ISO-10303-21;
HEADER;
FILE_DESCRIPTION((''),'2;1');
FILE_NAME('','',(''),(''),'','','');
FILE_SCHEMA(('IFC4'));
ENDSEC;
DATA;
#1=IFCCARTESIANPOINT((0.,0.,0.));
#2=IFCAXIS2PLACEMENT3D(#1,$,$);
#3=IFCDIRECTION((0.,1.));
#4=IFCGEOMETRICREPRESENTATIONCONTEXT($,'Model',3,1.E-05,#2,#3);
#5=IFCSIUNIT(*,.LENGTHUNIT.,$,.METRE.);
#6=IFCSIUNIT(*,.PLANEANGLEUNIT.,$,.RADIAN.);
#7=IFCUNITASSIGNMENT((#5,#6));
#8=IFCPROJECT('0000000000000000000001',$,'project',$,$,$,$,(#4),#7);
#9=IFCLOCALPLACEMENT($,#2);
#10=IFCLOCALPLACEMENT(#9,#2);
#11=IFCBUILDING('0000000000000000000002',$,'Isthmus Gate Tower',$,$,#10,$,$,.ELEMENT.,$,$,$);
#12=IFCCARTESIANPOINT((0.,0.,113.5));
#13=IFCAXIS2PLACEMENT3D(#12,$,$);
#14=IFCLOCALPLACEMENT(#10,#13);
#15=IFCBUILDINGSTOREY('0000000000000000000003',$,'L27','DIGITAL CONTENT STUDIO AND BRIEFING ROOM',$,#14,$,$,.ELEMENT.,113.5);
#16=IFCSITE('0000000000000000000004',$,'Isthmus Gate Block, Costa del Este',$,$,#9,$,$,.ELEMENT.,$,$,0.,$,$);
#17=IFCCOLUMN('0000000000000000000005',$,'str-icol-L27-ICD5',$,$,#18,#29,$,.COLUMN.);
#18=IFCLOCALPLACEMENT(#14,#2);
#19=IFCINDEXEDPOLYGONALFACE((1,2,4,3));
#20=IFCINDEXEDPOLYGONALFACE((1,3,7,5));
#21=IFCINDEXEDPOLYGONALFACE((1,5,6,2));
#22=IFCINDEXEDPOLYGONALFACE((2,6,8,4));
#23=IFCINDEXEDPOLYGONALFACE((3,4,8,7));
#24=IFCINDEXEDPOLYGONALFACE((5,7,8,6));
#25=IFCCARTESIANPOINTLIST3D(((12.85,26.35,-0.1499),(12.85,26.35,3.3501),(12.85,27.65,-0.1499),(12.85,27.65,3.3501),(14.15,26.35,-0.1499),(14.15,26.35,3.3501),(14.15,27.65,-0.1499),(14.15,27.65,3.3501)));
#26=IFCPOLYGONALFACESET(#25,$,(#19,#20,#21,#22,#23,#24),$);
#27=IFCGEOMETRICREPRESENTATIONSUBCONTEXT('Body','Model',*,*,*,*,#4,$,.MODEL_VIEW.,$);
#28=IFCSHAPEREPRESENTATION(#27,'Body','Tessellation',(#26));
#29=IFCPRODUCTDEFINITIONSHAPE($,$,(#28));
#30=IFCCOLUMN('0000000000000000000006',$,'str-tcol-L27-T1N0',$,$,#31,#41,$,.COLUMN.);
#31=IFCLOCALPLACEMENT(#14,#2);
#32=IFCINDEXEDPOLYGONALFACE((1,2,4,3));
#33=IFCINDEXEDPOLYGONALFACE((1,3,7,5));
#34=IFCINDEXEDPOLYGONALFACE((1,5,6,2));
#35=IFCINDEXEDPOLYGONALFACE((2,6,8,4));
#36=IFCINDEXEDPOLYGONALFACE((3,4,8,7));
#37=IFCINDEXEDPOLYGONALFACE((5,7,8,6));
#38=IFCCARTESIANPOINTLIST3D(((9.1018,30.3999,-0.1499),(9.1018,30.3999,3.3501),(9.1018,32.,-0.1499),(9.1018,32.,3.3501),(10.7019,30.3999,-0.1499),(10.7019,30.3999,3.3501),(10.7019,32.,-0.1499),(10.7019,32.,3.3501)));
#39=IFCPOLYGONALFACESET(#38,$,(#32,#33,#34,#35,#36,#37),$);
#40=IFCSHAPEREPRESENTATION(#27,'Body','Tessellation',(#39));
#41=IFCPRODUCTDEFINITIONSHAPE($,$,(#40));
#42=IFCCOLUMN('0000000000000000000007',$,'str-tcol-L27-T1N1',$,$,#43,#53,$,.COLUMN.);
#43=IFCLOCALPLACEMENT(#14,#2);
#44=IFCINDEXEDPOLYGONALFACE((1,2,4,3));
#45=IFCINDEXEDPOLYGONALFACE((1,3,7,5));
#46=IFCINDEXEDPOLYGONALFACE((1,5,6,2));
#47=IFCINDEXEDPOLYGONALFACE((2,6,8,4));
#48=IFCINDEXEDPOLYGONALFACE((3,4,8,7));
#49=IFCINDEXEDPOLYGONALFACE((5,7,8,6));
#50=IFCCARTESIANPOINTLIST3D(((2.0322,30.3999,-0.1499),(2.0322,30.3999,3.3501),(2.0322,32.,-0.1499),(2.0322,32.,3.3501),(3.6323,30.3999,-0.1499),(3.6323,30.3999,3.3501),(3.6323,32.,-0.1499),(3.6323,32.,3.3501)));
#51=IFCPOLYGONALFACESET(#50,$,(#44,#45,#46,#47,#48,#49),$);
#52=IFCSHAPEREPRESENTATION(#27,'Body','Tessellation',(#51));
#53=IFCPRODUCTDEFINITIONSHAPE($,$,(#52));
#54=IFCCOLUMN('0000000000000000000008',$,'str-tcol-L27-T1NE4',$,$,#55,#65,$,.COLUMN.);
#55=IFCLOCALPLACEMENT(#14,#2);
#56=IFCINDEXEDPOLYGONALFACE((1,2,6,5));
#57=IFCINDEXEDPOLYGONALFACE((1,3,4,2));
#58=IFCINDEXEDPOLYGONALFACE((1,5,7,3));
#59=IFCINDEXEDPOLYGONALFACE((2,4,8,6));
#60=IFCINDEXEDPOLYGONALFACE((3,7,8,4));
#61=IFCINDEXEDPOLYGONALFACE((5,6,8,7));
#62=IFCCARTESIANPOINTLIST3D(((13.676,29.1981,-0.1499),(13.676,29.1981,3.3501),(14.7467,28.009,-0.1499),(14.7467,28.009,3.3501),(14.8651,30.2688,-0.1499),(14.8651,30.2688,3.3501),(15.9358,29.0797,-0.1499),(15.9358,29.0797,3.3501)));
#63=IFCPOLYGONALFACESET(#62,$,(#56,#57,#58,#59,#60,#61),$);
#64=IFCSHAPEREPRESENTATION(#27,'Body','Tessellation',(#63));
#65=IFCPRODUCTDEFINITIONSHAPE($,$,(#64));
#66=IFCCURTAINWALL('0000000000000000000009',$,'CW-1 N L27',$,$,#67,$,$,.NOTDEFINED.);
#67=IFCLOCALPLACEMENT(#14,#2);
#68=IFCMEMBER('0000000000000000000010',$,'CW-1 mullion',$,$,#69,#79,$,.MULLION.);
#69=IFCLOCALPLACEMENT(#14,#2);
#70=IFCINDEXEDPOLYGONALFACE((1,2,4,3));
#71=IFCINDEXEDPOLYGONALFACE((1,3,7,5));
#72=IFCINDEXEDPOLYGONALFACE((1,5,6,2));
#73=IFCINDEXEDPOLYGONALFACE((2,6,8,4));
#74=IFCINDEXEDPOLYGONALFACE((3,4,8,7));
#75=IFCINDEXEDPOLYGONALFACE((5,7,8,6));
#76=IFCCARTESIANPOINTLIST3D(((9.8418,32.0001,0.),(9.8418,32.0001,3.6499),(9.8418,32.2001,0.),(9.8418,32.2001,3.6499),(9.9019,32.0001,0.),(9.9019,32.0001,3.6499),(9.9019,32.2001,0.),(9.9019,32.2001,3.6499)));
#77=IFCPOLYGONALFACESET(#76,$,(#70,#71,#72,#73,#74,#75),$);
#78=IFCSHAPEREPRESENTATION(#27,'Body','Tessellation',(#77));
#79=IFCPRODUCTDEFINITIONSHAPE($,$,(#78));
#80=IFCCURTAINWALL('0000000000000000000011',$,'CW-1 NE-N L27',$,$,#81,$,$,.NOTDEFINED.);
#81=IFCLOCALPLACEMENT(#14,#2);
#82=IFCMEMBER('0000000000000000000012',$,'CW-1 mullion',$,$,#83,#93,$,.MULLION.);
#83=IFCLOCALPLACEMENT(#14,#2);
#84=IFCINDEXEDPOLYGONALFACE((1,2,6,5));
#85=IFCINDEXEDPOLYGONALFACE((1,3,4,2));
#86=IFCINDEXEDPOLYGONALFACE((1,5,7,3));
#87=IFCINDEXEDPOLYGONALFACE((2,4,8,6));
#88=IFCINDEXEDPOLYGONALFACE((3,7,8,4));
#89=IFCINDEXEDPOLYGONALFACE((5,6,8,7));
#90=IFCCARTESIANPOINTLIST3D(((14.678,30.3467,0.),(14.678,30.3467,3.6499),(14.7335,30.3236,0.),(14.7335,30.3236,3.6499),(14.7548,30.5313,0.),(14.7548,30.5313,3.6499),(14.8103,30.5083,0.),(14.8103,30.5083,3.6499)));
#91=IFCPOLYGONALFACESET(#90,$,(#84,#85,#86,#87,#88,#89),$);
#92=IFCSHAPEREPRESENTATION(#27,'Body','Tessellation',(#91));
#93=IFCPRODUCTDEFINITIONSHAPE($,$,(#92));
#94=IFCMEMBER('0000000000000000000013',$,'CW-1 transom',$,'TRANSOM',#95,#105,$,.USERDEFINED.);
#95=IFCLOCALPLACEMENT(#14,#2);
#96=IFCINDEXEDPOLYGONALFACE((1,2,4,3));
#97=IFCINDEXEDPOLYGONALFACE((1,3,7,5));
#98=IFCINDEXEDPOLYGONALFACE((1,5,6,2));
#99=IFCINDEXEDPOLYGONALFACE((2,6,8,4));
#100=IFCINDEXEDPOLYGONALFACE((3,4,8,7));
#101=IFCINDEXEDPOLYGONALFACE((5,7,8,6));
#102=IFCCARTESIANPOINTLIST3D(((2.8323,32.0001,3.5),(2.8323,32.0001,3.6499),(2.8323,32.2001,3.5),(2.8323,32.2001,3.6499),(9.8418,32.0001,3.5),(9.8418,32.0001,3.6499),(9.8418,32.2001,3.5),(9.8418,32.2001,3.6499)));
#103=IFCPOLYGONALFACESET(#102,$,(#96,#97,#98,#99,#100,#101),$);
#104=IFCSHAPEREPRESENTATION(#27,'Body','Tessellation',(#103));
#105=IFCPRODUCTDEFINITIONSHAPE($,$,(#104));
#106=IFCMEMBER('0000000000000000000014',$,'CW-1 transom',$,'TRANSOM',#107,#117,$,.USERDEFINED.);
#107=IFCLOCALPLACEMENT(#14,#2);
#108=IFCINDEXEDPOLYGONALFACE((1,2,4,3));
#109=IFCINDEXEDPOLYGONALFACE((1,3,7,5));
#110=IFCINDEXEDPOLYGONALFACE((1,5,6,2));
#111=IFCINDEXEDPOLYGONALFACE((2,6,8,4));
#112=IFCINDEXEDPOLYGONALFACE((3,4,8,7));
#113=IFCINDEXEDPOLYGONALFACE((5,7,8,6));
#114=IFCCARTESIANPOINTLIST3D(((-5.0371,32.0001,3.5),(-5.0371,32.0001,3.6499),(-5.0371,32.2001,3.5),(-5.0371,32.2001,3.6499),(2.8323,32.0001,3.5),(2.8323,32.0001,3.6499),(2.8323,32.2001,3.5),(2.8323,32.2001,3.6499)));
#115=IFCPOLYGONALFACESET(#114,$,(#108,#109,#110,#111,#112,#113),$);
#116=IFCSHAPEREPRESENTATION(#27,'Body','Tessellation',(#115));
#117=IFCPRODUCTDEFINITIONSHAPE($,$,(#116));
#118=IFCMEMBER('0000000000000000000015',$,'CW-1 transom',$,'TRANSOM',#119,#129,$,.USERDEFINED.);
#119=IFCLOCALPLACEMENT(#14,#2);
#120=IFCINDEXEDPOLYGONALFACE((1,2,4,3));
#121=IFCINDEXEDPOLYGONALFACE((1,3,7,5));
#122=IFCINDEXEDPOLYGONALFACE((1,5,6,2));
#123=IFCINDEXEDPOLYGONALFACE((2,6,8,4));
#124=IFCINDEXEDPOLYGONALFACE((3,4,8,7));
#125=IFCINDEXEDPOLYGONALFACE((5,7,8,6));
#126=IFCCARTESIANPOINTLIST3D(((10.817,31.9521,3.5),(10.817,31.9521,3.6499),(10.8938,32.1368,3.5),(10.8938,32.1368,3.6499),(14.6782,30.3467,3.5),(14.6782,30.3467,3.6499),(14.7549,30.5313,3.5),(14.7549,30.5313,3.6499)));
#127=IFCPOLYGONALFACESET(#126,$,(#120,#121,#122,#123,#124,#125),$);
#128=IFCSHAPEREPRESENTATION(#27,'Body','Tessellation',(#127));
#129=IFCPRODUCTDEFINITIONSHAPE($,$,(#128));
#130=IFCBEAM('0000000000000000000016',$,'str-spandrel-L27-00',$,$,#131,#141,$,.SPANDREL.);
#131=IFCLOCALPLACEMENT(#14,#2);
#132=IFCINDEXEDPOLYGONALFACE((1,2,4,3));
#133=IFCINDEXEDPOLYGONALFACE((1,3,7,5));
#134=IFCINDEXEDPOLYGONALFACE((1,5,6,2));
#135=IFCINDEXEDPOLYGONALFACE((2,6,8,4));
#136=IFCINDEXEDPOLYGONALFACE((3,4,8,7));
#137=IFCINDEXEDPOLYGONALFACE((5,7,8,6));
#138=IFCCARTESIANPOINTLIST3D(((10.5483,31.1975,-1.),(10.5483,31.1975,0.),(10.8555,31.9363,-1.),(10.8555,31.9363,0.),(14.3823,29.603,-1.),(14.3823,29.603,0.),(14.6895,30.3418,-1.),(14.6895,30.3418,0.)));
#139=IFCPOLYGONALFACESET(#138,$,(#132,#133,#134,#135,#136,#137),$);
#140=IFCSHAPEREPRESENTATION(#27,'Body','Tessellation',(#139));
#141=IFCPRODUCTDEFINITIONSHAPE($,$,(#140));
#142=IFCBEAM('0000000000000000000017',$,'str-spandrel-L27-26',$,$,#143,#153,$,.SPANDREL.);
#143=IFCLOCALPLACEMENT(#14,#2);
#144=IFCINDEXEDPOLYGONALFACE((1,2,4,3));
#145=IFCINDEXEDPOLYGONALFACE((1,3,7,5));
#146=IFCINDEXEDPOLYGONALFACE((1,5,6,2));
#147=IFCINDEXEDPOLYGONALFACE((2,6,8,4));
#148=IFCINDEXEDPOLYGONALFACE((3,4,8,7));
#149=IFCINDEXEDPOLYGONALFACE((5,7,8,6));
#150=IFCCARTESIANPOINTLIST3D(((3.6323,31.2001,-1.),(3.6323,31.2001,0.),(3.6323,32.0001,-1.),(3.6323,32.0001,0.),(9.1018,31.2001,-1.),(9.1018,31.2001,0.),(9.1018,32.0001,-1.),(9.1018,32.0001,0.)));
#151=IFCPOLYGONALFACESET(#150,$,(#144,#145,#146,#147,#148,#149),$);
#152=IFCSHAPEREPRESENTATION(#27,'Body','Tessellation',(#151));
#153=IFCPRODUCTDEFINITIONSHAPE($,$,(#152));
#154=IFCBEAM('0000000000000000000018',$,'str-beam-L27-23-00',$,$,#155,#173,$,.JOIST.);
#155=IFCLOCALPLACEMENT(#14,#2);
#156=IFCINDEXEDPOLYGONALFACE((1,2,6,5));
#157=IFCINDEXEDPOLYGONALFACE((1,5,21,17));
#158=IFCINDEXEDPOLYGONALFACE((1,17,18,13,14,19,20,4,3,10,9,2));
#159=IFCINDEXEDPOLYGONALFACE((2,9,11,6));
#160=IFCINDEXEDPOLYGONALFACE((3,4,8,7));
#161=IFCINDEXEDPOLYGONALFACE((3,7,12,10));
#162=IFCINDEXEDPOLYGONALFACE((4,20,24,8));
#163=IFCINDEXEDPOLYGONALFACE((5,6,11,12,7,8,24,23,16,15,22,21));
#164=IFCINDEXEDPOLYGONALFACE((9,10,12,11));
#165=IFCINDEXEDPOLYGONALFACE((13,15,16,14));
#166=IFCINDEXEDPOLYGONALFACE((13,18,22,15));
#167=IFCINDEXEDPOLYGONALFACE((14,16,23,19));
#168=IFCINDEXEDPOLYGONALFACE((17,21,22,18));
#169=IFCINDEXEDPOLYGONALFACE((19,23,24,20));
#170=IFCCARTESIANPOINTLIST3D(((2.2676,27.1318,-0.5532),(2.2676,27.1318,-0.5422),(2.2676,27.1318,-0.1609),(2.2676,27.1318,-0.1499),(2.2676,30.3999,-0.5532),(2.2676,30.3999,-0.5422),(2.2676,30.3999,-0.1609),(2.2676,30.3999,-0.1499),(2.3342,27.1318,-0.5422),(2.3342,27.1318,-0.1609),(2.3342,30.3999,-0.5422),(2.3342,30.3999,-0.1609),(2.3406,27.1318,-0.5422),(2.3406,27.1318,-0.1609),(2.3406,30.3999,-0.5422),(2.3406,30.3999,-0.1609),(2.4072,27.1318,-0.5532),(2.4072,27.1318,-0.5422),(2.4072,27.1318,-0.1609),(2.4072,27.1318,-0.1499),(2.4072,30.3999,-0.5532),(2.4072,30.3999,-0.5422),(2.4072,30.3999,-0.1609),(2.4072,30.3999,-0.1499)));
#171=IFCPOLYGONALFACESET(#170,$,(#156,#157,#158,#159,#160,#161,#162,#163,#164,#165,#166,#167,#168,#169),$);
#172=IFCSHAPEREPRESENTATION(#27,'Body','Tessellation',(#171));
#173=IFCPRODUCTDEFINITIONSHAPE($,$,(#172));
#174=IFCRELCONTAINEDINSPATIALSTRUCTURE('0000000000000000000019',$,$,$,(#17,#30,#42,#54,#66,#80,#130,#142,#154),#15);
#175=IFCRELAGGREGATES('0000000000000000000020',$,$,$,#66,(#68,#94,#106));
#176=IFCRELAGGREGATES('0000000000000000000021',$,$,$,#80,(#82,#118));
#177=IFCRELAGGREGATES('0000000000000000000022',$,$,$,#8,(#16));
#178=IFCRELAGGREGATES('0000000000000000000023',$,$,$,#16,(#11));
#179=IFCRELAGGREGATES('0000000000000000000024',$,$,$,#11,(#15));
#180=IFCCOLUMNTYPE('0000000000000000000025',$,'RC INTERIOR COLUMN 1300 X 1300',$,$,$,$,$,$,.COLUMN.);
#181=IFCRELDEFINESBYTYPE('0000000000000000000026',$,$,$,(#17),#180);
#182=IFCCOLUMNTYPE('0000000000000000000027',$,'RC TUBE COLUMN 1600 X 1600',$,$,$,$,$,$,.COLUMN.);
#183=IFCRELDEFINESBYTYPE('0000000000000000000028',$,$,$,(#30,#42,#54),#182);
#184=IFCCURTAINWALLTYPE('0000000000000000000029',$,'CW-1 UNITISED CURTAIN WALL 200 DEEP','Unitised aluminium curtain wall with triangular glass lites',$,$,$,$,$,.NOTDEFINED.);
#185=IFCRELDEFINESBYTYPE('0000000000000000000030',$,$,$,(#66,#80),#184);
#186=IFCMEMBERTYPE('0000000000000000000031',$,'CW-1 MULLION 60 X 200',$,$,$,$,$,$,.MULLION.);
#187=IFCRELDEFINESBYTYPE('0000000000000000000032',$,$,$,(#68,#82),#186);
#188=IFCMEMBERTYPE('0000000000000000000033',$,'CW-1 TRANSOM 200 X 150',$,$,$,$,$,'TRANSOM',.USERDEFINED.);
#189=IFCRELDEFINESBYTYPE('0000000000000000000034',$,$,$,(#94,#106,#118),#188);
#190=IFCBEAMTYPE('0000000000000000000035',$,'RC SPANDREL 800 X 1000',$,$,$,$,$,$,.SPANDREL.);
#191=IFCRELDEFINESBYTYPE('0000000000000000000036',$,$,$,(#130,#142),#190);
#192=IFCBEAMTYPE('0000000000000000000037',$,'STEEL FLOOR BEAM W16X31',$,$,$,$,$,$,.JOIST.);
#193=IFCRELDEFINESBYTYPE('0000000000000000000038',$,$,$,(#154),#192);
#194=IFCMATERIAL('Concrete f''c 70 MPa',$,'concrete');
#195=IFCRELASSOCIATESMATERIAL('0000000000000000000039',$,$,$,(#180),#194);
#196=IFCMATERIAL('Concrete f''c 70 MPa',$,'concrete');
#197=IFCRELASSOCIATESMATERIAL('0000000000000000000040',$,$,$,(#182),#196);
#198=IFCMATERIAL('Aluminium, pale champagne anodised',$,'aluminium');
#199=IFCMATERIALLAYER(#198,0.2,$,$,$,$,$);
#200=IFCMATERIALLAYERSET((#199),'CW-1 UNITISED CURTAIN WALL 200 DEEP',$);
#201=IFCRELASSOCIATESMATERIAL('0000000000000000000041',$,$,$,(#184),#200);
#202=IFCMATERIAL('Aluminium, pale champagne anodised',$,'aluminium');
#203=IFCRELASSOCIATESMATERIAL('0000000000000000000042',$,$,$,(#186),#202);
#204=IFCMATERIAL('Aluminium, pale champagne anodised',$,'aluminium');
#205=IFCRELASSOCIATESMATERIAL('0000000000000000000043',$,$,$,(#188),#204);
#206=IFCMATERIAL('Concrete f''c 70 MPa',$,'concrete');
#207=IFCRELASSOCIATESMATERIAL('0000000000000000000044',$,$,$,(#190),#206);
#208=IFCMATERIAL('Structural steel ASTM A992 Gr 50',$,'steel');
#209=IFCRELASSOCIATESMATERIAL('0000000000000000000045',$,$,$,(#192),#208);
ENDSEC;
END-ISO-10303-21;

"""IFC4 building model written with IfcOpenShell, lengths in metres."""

from ifc_helpers import new_model, si_unit, direction, frame, origin, origin_2d, place, context, subcontext, project, spatial, rectangle, i_section, extrude, material, layer, layer_set, material_profile, profile_set, type_object, element, aggregate, save


model = new_model("IFC4")

# Units and contexts
model_context = context("Model", 3, precision=1e-05, world=origin(), true_north=direction((0.0, 1.0)))
body_context = subcontext(model_context, "Body", "Model", "MODEL_VIEW")
ifc_project = project(units=[si_unit("LENGTHUNIT", "METRE"), si_unit("PLANEANGLEUNIT", "RADIAN")], contexts=[model_context])

# Site, building, storey
site_placement = place(None, origin())
site = spatial("IfcSite", under=ifc_project, at=site_placement, Name="Isthmus Gate Block, Costa del Este", CompositionType="ELEMENT", RefElevation=0.0)
building_placement = place(site_placement, origin())
building = spatial("IfcBuilding", under=site, at=building_placement, Name="Isthmus Gate Tower", CompositionType="ELEMENT")
storey_placement = place(building_placement, frame((0.0, 0.0, 113.5)))
storey = spatial("IfcBuildingStorey", under=building, at=storey_placement, Name="L27", Description="DIGITAL CONTENT STUDIO AND BRIEFING ROOM", CompositionType="ELEMENT", Elevation=113.5)

# Columns
ifc_material_1 = material(Name="Concrete f'c 70 MPa", Category="concrete")
ifc_material_profile_1 = material_profile(ifc_material_1, rectangle(XDim=1.3, YDim=1.3, at=origin_2d()), Name="RC 1300X1300")
ifc_profile_set_1 = profile_set([ifc_material_profile_1], Name="Concrete f'c 70 MPa")
column_type_1 = type_object("IfcColumnType", Name="RC INTERIOR COLUMN 1300 X 1300", PredefinedType="COLUMN", material=ifc_profile_set_1)
column_placement = place(storey_placement, frame((13.5, 27.0, -0.1499), z_axis=(0.0, 0.0, 1.0), x_axis=(1.0, 0.0, 0.0)))
element("IfcColumn", 1, at=column_placement, inside=storey, type_object=column_type_1, Name="str-icol-L27-ICD5", PredefinedType="COLUMN", context=body_context, shape_type="SweptSolid", body=[
    extrude(rectangle(XDim=1.3, YDim=1.3, at=origin_2d()), origin(), (0.0, 0.0, 1.0), 3.5),
])
ifc_material_2 = material(Name="Concrete f'c 70 MPa", Category="concrete")
ifc_material_profile_2 = material_profile(ifc_material_2, rectangle(XDim=1.6001, YDim=1.6001, at=origin_2d()), Name="RC 1600X1600")
ifc_profile_set_2 = profile_set([ifc_material_profile_2], Name="Concrete f'c 70 MPa")
column_type_2 = type_object("IfcColumnType", Name="RC TUBE COLUMN 1600 X 1600", PredefinedType="COLUMN", material=ifc_profile_set_2)
for number, where, z_axis, x_axis, name in (
    (2, (9.9019, 31.2, -0.1499), (0.0, 0.0, 1.0), (-1.0, 0.0, 0.0), "str-tcol-L27-T1N0"),
    (3, (2.8323, 31.2, -0.1499), (0.0, 0.0, 1.0), (-1.0, 0.0, 0.0), "str-tcol-L27-T1N1"),
    (4, (14.8059, 29.1389, -0.1499), (0.0, 0.0, 1.0), (-0.669131, 0.743145, 0.0), "str-tcol-L27-T1NE4"),
):
    element("IfcColumn", number, at=place(storey_placement, frame(where, z_axis=z_axis, x_axis=x_axis)), inside=storey, type_object=column_type_2, Name=name, PredefinedType="COLUMN", context=body_context, shape_type="SweptSolid", body=[
        extrude(rectangle(XDim=1.6001, YDim=1.6001, at=origin_2d()), origin(), (0.0, 0.0, 1.0), 3.5),
    ])

# Curtain walls, members
ifc_material_3 = material(Name="Aluminium, pale champagne anodised", Category="aluminium")
ifc_layer_1 = layer(ifc_material_3, 0.2)
ifc_layer_set_1 = layer_set([ifc_layer_1], Name="CW-1 UNITISED CURTAIN WALL 200 DEEP")
curtain_wall_type = type_object("IfcCurtainWallType", Name="CW-1 UNITISED CURTAIN WALL 200 DEEP", Description="Unitised aluminium curtain wall with triangular glass lites", PredefinedType="NOTDEFINED", material=ifc_layer_set_1)
curtain_wall_1_placement = place(storey_placement, origin())
curtain_wall_1 = element("IfcCurtainWall", 5, at=curtain_wall_1_placement, inside=storey, type_object=curtain_wall_type, Name="CW-1 N L27", PredefinedType="NOTDEFINED")
ifc_material_4 = material(Name="Aluminium, pale champagne anodised", Category="aluminium")
ifc_material_profile_3 = material_profile(ifc_material_4, rectangle(XDim=0.0601, YDim=0.2, at=origin_2d()), Name="60x200")
ifc_profile_set_3 = profile_set([ifc_material_profile_3], Name="Aluminium, pale champagne anodised")
member_type_1 = type_object("IfcMemberType", Name="CW-1 MULLION 60 X 200", PredefinedType="MULLION", material=ifc_profile_set_3)
member_1_placement = place(storey_placement, frame((9.8718, 32.1001, 0.0), z_axis=(0.0, 0.0, 1.0), x_axis=(-1.0, 0.0, 0.0)))
member_1 = element("IfcMember", 6, at=member_1_placement, type_object=member_type_1, Name="CW-1 mullion", PredefinedType="MULLION", context=body_context, shape_type="SweptSolid", body=[
    extrude(rectangle(XDim=0.0601, YDim=0.2, at=origin_2d()), origin(), (0.0, 0.0, 1.0), 3.6499),
])
curtain_wall_2_placement = place(storey_placement, origin())
curtain_wall_2 = element("IfcCurtainWall", 7, at=curtain_wall_2_placement, inside=storey, type_object=curtain_wall_type, Name="CW-1 NE-N L27", PredefinedType="NOTDEFINED")
member_2_placement = place(storey_placement, frame((14.7441, 30.4275, 0.0), z_axis=(0.0, 0.0, 1.0), x_axis=(-0.923353, 0.383952, 0.0)))
member_2 = element("IfcMember", 8, at=member_2_placement, type_object=member_type_1, Name="CW-1 mullion", PredefinedType="MULLION", context=body_context, shape_type="SweptSolid", body=[
    extrude(rectangle(XDim=0.0601, YDim=0.2, at=origin_2d()), origin(), (0.0, 0.0, 1.0), 3.6499),
])

# Members
ifc_material_5 = material(Name="Aluminium, pale champagne anodised", Category="aluminium")
ifc_material_profile_4 = material_profile(ifc_material_5, rectangle(XDim=0.2, YDim=0.1499, at=origin_2d()), Name="200x150")
ifc_profile_set_4 = profile_set([ifc_material_profile_4], Name="Aluminium, pale champagne anodised")
member_type_2 = type_object("IfcMemberType", Name="CW-1 TRANSOM 200 X 150", ElementType="TRANSOM", PredefinedType="USERDEFINED", material=ifc_profile_set_4)
member_3_placement = place(storey_placement, frame((9.8418, 32.1001, 3.575), z_axis=(-1.0, 0.0, 0.0), x_axis=(0.0, -1.0, 0.0)))
member_3 = element("IfcMember", 9, at=member_3_placement, type_object=member_type_2, Name="CW-1 transom", ObjectType="TRANSOM", PredefinedType="USERDEFINED", context=body_context, shape_type="SweptSolid", body=[
    extrude(rectangle(XDim=0.2, YDim=0.1499, at=origin_2d()), origin(), (0.0, 0.0, 1.0), 7.0095),
])
member_4_placement = place(storey_placement, frame((2.8323, 32.1001, 3.575), z_axis=(-1.0, 0.0, 0.0), x_axis=(0.0, -1.0, 0.0)))
member_4 = element("IfcMember", 10, at=member_4_placement, type_object=member_type_2, Name="CW-1 transom", ObjectType="TRANSOM", PredefinedType="USERDEFINED", context=body_context, shape_type="SweptSolid", body=[
    extrude(rectangle(XDim=0.2, YDim=0.1499, at=origin_2d()), origin(), (0.0, 0.0, 1.0), 7.8694),
])
member_5_placement = place(storey_placement, frame((14.7166, 30.439, 3.575), z_axis=(-0.923358, 0.38394, 0.0), x_axis=(-0.38394, -0.923358, 0.0)))
member_5 = element("IfcMember", 11, at=member_5_placement, type_object=member_type_2, Name="CW-1 transom", ObjectType="TRANSOM", PredefinedType="USERDEFINED", context=body_context, shape_type="SweptSolid", body=[
    extrude(rectangle(XDim=0.2, YDim=0.1499, at=origin_2d()), origin(), (0.0, 0.0, 1.0), 4.1816),
])

# Beams
ifc_material_6 = material(Name="Concrete f'c 70 MPa", Category="concrete")
ifc_material_profile_5 = material_profile(ifc_material_6, rectangle(XDim=0.8, YDim=1.0, at=origin_2d()), Name="RC 800X1000")
ifc_profile_set_5 = profile_set([ifc_material_profile_5], Name="Concrete f'c 70 MPa")
beam_type_1 = type_object("IfcBeamType", Name="RC SPANDREL 800 X 1000", PredefinedType="SPANDREL", material=ifc_profile_set_5)
beam_1_placement = place(storey_placement, frame((10.7019, 31.5669, -0.5), z_axis=(0.923334, -0.383997, 0.0), x_axis=(0.383997, 0.923334, 0.0)))
element("IfcBeam", 12, at=beam_1_placement, inside=storey, type_object=beam_type_1, Name="str-spandrel-L27-00", PredefinedType="SPANDREL", context=body_context, shape_type="SweptSolid", body=[
    extrude(rectangle(XDim=0.8, YDim=1.0, at=origin_2d()), origin(), (0.0, 0.0, 1.0), 4.1523),
])
beam_2_placement = place(storey_placement, frame((3.6323, 31.6001, -0.5), z_axis=(1.0, 0.0, 0.0), x_axis=(0.0, 1.0, 0.0)))
element("IfcBeam", 13, at=beam_2_placement, inside=storey, type_object=beam_type_1, Name="str-spandrel-L27-26", PredefinedType="SPANDREL", context=body_context, shape_type="SweptSolid", body=[
    extrude(rectangle(XDim=0.8, YDim=1.0, at=origin_2d()), origin(), (0.0, 0.0, 1.0), 5.4695),
])
ifc_material_7 = material(Name="Structural steel ASTM A992 Gr 50", Category="steel")
ifc_material_profile_6 = material_profile(ifc_material_7, i_section(OverallWidth=0.1396, OverallDepth=0.4033, WebThickness=0.0063, FlangeThickness=0.011, at=origin_2d()), Name="W16X31")
ifc_profile_set_6 = profile_set([ifc_material_profile_6], Name="Structural steel ASTM A992 Gr 50")
beam_type_2 = type_object("IfcBeamType", Name="STEEL FLOOR BEAM W16X31", PredefinedType="JOIST", material=ifc_profile_set_6)
beam_3_placement = place(storey_placement, frame((2.3374, 27.1318, -0.3516), z_axis=(0.0, 1.0, 0.0), x_axis=(-1.0, 0.0, 0.0)))
element("IfcBeam", 14, at=beam_3_placement, inside=storey, type_object=beam_type_2, Name="str-beam-L27-23-00", PredefinedType="JOIST", context=body_context, shape_type="SweptSolid", body=[
    extrude(i_section(OverallWidth=0.1396, OverallDepth=0.4033, WebThickness=0.0063, FlangeThickness=0.011, at=origin_2d()), origin(), (0.0, 0.0, 1.0), 3.2681),
])

aggregate(curtain_wall_1, [member_1, member_3, member_4])
aggregate(curtain_wall_2, [member_2, member_5])

save(model, "model.ifc")
